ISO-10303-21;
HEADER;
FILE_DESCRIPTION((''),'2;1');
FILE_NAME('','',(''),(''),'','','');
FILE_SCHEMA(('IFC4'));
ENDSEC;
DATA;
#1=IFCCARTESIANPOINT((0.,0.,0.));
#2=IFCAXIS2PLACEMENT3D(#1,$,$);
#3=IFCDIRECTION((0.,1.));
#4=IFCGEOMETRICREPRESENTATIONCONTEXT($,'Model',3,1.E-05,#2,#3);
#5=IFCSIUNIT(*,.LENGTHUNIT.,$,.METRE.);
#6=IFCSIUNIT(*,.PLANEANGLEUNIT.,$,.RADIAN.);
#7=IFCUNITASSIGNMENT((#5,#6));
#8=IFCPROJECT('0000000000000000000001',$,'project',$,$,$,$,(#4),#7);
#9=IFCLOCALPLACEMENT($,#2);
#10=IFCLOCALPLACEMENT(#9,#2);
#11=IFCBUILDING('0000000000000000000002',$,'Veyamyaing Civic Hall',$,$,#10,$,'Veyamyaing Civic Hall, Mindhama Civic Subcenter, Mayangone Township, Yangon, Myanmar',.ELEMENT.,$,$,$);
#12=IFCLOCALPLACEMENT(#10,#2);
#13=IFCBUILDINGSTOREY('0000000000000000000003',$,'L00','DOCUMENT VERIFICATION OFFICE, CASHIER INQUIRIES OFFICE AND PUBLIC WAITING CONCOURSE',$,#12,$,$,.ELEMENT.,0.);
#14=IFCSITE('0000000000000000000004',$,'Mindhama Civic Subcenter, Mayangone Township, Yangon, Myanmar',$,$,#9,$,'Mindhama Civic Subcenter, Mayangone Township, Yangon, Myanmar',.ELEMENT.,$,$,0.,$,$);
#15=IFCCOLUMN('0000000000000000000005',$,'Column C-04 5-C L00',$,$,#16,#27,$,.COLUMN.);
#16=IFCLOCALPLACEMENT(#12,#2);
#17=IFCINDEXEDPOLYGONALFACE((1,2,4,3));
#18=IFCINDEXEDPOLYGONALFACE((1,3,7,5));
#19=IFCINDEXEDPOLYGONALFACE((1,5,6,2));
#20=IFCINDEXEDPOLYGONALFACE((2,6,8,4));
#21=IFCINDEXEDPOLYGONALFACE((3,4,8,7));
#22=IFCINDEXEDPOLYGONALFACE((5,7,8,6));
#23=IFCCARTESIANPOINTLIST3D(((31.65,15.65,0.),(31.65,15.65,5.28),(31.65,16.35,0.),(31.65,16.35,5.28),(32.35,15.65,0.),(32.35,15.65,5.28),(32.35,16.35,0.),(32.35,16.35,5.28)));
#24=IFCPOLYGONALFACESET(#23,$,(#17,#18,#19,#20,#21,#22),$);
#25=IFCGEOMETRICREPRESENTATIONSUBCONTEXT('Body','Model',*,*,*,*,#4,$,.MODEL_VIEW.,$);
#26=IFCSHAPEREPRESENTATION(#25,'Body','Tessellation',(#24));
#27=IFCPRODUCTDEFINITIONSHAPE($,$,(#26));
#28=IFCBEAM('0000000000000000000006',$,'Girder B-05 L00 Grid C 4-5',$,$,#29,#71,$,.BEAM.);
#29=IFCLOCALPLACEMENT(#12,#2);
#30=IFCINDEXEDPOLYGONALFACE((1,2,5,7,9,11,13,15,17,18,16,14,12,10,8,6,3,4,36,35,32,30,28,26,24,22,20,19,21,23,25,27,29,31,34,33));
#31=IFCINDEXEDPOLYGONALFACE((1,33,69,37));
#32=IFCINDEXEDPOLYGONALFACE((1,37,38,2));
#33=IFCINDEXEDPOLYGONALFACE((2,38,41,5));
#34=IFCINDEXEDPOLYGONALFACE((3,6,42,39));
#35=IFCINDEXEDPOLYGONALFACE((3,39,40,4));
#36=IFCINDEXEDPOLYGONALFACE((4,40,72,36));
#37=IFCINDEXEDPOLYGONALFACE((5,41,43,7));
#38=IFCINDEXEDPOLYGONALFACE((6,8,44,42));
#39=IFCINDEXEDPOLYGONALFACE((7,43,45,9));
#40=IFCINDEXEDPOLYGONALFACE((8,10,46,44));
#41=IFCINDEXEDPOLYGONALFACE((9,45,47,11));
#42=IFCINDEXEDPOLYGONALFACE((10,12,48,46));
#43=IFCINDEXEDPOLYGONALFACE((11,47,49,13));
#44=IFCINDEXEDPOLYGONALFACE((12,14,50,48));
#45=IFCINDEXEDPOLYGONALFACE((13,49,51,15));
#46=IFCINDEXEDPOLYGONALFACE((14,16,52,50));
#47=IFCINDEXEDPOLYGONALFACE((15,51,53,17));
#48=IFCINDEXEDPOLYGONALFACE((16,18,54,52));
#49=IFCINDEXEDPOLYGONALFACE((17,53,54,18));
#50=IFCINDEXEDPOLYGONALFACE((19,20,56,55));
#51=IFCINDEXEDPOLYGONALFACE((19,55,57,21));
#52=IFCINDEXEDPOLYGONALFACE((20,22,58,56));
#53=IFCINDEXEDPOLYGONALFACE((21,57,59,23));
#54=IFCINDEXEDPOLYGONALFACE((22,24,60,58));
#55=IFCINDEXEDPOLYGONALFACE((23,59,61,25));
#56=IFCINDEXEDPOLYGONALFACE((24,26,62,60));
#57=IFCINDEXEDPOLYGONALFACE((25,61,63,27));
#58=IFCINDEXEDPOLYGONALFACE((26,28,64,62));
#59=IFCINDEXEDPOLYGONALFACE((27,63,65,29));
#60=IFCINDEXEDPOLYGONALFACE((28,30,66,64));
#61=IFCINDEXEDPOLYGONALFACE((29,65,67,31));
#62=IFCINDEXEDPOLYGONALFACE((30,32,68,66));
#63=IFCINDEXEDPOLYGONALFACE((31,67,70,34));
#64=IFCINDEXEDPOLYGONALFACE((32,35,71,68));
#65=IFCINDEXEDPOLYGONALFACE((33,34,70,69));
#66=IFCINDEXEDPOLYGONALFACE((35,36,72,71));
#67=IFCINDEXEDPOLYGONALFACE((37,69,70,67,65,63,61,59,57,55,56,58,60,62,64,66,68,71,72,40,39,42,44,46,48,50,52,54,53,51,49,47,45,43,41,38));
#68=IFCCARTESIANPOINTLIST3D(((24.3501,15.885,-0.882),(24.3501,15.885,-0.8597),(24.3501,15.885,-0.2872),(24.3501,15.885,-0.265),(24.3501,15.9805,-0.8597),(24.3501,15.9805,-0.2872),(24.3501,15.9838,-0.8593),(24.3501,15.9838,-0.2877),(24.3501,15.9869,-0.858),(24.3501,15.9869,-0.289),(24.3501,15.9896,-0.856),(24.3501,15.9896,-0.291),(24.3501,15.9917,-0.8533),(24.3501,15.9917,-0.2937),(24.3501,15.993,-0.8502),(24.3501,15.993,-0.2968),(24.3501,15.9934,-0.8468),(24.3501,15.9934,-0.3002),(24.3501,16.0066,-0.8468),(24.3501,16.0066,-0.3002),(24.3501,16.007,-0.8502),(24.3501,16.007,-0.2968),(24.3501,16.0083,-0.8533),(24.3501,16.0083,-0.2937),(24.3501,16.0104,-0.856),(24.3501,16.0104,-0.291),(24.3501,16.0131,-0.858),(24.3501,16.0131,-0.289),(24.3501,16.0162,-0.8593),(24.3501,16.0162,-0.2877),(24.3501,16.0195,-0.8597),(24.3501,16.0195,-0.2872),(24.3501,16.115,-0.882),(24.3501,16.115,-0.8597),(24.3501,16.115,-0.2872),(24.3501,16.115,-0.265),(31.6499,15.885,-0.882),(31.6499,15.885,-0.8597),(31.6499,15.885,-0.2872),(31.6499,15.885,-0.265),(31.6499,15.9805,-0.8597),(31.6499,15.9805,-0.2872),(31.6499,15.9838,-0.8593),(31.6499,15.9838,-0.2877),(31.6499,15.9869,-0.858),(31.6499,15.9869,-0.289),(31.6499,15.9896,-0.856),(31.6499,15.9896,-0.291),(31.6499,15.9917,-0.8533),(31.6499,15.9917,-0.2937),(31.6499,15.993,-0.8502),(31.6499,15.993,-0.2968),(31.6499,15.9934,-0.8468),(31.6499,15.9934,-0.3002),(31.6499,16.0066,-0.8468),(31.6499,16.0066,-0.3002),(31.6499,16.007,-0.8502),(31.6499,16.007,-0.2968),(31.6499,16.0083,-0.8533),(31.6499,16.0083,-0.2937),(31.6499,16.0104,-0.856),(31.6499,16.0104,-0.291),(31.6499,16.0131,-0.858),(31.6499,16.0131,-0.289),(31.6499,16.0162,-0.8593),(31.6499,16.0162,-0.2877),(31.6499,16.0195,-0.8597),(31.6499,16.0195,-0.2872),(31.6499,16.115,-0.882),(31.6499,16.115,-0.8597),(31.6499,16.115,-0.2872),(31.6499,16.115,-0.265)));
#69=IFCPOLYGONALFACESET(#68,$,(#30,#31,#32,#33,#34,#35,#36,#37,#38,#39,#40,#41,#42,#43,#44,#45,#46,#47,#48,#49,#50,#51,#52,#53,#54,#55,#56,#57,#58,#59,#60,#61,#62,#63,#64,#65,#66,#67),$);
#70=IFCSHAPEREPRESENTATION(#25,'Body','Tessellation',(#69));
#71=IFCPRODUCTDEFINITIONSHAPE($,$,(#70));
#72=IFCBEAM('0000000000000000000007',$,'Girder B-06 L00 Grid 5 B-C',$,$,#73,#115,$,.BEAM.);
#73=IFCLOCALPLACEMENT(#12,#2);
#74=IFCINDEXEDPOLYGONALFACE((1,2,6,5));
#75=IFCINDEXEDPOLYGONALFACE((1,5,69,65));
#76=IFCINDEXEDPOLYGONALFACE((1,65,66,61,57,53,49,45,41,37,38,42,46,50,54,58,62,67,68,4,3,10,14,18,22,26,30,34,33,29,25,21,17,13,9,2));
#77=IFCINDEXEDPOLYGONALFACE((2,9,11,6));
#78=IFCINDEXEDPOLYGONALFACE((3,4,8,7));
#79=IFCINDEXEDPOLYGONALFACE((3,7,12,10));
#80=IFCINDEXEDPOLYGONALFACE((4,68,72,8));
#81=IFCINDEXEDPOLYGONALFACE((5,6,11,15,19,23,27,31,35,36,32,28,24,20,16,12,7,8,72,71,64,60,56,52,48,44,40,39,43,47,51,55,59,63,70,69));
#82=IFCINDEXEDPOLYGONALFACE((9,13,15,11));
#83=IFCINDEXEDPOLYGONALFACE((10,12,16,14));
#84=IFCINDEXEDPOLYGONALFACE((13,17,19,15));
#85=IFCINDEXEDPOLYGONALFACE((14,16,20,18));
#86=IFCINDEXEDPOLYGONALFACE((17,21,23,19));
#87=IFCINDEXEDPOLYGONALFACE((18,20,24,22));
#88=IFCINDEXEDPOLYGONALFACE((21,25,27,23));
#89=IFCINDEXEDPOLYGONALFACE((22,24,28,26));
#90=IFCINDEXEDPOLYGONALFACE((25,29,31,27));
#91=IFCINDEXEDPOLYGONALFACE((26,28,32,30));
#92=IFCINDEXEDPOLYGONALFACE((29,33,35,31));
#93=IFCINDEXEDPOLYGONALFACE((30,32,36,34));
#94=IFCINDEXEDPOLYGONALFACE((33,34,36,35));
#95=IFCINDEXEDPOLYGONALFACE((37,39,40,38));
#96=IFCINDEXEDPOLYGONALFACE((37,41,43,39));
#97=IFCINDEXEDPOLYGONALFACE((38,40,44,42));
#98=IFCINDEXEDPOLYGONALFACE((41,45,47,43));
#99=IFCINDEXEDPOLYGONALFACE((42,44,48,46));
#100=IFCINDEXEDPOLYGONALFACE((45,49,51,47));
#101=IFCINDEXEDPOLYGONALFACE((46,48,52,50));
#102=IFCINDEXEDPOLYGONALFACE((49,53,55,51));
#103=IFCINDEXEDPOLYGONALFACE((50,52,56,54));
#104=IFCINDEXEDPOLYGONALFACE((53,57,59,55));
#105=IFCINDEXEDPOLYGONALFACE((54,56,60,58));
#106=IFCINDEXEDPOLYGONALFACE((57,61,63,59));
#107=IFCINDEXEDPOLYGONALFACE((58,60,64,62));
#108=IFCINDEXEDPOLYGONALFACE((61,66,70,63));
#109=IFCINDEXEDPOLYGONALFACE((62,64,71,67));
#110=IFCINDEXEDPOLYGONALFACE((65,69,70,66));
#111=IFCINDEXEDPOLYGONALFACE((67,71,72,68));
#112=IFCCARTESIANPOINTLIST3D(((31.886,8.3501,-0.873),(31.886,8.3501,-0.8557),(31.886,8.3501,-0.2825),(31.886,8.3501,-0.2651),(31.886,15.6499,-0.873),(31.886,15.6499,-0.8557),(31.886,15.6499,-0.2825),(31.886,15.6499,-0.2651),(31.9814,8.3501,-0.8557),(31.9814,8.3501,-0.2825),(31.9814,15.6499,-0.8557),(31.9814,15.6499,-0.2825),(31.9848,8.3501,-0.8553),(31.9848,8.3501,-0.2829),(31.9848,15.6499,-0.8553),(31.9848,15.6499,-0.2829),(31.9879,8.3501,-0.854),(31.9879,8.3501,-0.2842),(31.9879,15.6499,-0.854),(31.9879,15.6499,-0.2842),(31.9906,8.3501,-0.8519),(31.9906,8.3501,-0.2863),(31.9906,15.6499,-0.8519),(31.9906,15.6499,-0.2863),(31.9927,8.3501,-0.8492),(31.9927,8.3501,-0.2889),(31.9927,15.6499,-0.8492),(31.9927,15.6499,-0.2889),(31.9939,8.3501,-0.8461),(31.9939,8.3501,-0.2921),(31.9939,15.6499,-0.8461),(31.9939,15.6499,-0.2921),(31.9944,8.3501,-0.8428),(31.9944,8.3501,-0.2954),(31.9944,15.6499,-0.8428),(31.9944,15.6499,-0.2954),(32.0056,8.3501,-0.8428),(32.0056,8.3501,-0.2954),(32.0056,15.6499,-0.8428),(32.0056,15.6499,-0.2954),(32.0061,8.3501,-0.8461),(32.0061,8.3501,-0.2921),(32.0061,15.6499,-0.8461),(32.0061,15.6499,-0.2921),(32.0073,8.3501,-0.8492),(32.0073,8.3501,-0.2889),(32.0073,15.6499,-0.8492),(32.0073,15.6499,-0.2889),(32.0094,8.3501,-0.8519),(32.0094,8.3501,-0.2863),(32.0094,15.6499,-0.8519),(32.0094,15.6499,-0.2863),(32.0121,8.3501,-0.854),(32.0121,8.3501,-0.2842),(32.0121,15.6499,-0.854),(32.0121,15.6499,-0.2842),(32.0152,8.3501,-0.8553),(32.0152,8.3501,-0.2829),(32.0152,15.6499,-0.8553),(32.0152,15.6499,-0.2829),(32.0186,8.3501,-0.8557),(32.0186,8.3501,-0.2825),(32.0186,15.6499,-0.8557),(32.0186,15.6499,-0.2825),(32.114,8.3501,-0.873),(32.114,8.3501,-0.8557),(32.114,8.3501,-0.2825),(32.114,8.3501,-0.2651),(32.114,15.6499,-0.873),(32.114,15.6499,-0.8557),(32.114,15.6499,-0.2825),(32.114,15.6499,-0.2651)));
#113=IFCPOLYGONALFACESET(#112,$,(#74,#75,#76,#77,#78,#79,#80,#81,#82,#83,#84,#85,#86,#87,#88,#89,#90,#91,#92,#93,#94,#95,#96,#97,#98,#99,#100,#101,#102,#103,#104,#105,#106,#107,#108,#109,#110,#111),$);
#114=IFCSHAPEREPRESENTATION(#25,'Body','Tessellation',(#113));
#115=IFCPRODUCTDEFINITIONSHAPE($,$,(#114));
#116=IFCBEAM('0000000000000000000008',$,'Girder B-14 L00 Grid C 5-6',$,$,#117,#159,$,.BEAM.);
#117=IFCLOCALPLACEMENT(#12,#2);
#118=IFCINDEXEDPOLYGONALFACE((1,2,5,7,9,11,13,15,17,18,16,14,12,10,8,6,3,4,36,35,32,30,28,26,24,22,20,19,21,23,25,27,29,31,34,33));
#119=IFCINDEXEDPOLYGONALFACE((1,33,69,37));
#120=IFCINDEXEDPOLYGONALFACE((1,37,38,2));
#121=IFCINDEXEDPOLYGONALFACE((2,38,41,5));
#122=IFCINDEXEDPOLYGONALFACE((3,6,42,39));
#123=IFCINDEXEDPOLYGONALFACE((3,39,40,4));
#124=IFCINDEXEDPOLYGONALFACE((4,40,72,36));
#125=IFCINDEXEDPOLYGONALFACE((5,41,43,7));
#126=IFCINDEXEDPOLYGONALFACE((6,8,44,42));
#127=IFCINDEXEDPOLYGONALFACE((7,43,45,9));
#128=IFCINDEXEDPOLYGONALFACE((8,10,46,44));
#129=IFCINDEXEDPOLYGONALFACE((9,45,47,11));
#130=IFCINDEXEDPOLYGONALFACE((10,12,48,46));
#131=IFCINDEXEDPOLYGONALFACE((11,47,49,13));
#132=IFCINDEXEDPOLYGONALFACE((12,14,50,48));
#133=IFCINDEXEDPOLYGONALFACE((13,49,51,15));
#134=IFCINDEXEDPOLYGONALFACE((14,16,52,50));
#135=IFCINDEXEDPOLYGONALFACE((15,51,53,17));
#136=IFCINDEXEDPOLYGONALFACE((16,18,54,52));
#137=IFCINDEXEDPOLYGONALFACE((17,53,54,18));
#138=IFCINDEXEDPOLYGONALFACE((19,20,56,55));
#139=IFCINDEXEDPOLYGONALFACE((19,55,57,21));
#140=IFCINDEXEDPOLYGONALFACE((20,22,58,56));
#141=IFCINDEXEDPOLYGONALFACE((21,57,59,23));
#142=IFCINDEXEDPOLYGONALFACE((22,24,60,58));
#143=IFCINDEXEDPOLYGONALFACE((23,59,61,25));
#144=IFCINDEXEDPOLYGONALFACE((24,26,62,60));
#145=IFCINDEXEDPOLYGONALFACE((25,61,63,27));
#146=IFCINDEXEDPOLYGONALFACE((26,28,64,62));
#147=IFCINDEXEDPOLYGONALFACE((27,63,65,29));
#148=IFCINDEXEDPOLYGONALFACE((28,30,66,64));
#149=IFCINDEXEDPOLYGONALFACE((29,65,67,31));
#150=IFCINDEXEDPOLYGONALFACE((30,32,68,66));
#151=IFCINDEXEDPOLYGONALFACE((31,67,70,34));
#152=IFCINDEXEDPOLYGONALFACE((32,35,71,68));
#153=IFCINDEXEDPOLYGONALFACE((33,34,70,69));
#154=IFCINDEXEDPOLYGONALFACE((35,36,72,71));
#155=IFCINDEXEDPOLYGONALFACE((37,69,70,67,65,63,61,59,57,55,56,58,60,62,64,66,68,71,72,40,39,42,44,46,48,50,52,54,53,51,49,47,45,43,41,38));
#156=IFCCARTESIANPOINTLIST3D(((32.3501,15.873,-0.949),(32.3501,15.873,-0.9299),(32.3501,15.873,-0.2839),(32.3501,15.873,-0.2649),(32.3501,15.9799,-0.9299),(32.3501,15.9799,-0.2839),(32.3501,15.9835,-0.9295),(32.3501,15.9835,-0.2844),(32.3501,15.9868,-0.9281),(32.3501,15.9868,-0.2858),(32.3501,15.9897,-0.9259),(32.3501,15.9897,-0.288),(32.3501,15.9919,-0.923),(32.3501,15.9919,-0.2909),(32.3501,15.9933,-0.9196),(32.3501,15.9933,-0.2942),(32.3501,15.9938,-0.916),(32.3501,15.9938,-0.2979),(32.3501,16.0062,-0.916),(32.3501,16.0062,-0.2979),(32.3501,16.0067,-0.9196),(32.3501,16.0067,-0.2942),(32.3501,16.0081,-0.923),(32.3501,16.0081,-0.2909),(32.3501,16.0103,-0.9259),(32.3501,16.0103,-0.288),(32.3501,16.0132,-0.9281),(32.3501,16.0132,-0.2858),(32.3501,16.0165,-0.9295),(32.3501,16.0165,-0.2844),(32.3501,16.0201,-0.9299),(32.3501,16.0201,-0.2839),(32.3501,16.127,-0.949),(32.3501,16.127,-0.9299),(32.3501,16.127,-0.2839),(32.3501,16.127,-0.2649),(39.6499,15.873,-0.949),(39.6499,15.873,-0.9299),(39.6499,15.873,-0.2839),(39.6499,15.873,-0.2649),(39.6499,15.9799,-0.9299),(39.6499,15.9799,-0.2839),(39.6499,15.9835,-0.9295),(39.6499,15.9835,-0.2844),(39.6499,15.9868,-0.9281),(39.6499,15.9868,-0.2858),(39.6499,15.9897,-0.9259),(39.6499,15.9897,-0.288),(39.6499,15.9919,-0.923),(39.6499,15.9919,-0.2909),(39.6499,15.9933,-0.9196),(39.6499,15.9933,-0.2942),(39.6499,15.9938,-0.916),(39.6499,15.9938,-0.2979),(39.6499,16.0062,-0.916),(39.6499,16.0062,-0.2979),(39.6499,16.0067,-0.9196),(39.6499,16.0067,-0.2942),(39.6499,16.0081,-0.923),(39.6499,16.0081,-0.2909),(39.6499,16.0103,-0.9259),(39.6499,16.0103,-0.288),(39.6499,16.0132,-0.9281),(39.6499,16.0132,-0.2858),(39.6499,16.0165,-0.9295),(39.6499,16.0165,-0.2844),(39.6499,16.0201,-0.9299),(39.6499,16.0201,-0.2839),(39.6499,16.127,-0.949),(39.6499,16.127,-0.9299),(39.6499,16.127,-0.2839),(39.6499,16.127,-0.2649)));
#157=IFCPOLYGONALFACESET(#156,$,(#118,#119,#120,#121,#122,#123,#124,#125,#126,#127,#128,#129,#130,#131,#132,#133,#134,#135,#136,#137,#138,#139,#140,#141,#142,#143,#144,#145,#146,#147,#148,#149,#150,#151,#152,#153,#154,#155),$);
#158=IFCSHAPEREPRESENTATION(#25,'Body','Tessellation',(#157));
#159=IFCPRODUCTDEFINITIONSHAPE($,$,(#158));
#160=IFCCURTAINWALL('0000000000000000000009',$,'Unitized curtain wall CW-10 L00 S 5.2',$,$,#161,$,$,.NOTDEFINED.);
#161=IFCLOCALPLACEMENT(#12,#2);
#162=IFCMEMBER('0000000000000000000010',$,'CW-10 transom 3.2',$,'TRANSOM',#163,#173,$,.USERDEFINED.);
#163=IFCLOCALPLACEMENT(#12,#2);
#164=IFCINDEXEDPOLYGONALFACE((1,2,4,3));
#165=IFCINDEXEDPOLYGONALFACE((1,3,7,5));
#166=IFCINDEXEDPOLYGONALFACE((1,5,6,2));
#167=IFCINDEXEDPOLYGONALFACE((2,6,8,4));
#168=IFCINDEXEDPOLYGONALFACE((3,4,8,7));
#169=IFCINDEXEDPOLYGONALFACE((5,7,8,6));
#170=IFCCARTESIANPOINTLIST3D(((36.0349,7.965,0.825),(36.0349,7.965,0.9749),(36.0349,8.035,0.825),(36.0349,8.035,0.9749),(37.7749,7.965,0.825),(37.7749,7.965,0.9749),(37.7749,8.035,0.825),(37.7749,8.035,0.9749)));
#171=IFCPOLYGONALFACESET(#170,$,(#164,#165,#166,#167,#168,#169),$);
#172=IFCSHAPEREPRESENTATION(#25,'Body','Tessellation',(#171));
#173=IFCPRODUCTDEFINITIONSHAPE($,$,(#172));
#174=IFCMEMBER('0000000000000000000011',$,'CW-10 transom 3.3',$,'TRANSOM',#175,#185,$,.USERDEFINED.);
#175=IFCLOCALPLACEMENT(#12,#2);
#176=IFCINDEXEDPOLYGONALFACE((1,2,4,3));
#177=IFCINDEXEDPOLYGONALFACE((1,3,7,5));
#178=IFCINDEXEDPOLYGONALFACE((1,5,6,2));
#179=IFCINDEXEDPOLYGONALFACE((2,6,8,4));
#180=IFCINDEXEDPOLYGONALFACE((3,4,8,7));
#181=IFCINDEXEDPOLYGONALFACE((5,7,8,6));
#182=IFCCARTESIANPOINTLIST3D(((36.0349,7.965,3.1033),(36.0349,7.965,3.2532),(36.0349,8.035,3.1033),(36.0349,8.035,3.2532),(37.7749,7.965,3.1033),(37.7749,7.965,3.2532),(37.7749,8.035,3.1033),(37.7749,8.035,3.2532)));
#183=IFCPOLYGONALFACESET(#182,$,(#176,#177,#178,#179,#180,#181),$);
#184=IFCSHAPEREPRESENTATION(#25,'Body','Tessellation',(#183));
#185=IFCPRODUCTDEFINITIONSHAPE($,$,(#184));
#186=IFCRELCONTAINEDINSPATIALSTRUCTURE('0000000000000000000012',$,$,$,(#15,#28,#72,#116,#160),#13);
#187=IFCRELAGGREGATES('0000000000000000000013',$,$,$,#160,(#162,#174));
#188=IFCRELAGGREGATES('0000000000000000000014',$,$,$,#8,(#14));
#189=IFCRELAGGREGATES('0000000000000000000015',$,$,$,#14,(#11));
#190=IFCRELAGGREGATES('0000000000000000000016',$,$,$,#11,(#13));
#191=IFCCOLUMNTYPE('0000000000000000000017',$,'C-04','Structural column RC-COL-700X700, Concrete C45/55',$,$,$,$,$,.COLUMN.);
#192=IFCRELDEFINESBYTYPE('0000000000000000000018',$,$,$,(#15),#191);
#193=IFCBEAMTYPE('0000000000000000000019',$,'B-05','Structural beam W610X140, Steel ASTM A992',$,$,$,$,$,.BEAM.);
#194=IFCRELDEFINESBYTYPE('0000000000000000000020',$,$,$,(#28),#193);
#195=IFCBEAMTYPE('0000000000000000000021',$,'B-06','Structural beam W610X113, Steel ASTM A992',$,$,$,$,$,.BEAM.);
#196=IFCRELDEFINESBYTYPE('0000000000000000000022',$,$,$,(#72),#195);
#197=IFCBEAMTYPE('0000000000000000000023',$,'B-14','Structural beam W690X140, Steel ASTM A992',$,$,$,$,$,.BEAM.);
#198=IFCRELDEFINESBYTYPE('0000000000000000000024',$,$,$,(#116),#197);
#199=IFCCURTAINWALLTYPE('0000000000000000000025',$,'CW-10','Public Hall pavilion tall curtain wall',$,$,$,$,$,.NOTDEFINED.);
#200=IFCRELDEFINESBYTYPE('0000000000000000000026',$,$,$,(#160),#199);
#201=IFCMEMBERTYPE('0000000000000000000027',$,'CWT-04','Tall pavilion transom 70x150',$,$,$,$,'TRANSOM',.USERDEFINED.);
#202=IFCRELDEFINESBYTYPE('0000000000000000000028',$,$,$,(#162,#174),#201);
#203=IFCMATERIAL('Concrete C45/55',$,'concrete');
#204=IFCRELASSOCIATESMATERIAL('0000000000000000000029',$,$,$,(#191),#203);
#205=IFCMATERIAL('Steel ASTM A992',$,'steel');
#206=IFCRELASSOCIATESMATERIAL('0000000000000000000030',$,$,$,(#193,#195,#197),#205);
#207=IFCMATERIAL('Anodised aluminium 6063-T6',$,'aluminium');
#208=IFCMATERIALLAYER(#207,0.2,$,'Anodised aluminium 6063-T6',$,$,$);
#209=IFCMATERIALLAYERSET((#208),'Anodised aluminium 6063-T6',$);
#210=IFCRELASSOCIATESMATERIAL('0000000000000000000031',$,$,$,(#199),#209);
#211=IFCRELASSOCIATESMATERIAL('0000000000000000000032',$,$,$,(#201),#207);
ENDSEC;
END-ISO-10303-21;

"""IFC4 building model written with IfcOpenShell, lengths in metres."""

from ifc_helpers import new_model, si_unit, direction, frame, origin, origin_2d, place, context, subcontext, project, spatial, rectangle, i_section, extrude, material, layer, layer_set, material_profile, profile_set, type_object, element, aggregate, save


model = new_model("IFC4")

# Units and contexts
model_context = context("Model", 3, precision=1e-05, world=origin(), true_north=direction((0.0, 1.0)))
body_context = subcontext(model_context, "Body", "Model", "MODEL_VIEW")
ifc_project = project(units=[si_unit("LENGTHUNIT", "METRE"), si_unit("PLANEANGLEUNIT", "RADIAN")], contexts=[model_context])

# Site, building, storey
site_placement = place(None, origin())
site = spatial("IfcSite", under=ifc_project, at=site_placement, Name="Mindhama Civic Subcenter, Mayangone Township, Yangon, Myanmar", LongName="Mindhama Civic Subcenter, Mayangone Township, Yangon, Myanmar", CompositionType="ELEMENT", RefElevation=0.0)
building_placement = place(site_placement, origin())
building = spatial("IfcBuilding", under=site, at=building_placement, Name="Veyamyaing Civic Hall", LongName="Veyamyaing Civic Hall, Mindhama Civic Subcenter, Mayangone Township, Yangon, Myanmar", CompositionType="ELEMENT")
storey_placement = place(building_placement, origin())
storey = spatial("IfcBuildingStorey", under=building, at=storey_placement, Name="L00", Description="DOCUMENT VERIFICATION OFFICE, CASHIER INQUIRIES OFFICE AND PUBLIC WAITING CONCOURSE", CompositionType="ELEMENT", Elevation=0.0)

# Column
ifc_material_1 = material(Name="Concrete C45/55", Category="concrete")
ifc_material_profile_1 = material_profile(ifc_material_1, rectangle(XDim=0.7, YDim=0.7, at=origin_2d()), Name="RC-COL-700X700")
ifc_profile_set_1 = profile_set([ifc_material_profile_1], Name="Concrete C45/55")
column_type = type_object("IfcColumnType", Name="C-04", Description="Structural column RC-COL-700X700, Concrete C45/55", PredefinedType="COLUMN", material=ifc_profile_set_1)
column_placement = place(storey_placement, frame((32.0, 16.0, 0.0), z_axis=(0.0, 0.0, 1.0), x_axis=(1.0, 0.0, 0.0)))
element("IfcColumn", 1, at=column_placement, inside=storey, type_object=column_type, Name="Column C-04 5-C L00", PredefinedType="COLUMN", context=body_context, shape_type="SweptSolid", body=[
    extrude(rectangle(XDim=0.7, YDim=0.7, at=origin_2d()), origin(), (0.0, 0.0, 1.0), 5.28),
])

# Beams
ifc_material_2 = material(Name="Steel ASTM A992", Category="steel")
ifc_material_profile_2 = material_profile(ifc_material_2, i_section(OverallWidth=0.23, OverallDepth=0.6169, WebThickness=0.0132, FlangeThickness=0.0222, FilletRadius=0.0129, at=origin_2d()), Name="W610X140")
ifc_profile_set_2 = profile_set([ifc_material_profile_2], Name="Steel ASTM A992")
beam_type_1 = type_object("IfcBeamType", Name="B-05", Description="Structural beam W610X140, Steel ASTM A992", PredefinedType="BEAM", material=ifc_profile_set_2)
beam_1_placement = place(storey_placement, frame((24.3501, 16.0, -0.5735), z_axis=(1.0, 0.0, 0.0), x_axis=(0.0, 1.0, 0.0)))
element("IfcBeam", 2, at=beam_1_placement, inside=storey, type_object=beam_type_1, Name="Girder B-05 L00 Grid C 4-5", PredefinedType="BEAM", context=body_context, shape_type="SweptSolid", body=[
    extrude(i_section(OverallWidth=0.23, OverallDepth=0.6169, WebThickness=0.0132, FlangeThickness=0.0222, FilletRadius=0.0129, at=origin_2d()), origin(), (0.0, 0.0, 1.0), 7.2998),
])
ifc_material_profile_3 = material_profile(ifc_material_2, i_section(OverallWidth=0.228, OverallDepth=0.6079, WebThickness=0.0112, FlangeThickness=0.0173, FilletRadius=0.0129, at=origin_2d()), Name="W610X113")
ifc_profile_set_3 = profile_set([ifc_material_profile_3], Name="Steel ASTM A992")
beam_type_2 = type_object("IfcBeamType", Name="B-06", Description="Structural beam W610X113, Steel ASTM A992", PredefinedType="BEAM", material=ifc_profile_set_3)
beam_2_placement = place(storey_placement, frame((32.0, 8.3501, -0.5691), z_axis=(0.0, 1.0, 0.0), x_axis=(-1.0, 0.0, 0.0)))
element("IfcBeam", 3, at=beam_2_placement, inside=storey, type_object=beam_type_2, Name="Girder B-06 L00 Grid 5 B-C", PredefinedType="BEAM", context=body_context, shape_type="SweptSolid", body=[
    extrude(i_section(OverallWidth=0.228, OverallDepth=0.6079, WebThickness=0.0112, FlangeThickness=0.0173, FilletRadius=0.0129, at=origin_2d()), origin(), (0.0, 0.0, 1.0), 7.2998),
])
ifc_material_profile_4 = material_profile(ifc_material_2, i_section(OverallWidth=0.2539, OverallDepth=0.6841, WebThickness=0.0125, FlangeThickness=0.019, FilletRadius=0.0139, at=origin_2d()), Name="W690X140")
ifc_profile_set_4 = profile_set([ifc_material_profile_4], Name="Steel ASTM A992")
beam_type_3 = type_object("IfcBeamType", Name="B-14", Description="Structural beam W690X140, Steel ASTM A992", PredefinedType="BEAM", material=ifc_profile_set_4)
beam_3_placement = place(storey_placement, frame((32.3501, 16.0, -0.6069), z_axis=(1.0, 0.0, 0.0), x_axis=(0.0, 1.0, 0.0)))
element("IfcBeam", 4, at=beam_3_placement, inside=storey, type_object=beam_type_3, Name="Girder B-14 L00 Grid C 5-6", PredefinedType="BEAM", context=body_context, shape_type="SweptSolid", body=[
    extrude(i_section(OverallWidth=0.2539, OverallDepth=0.6841, WebThickness=0.0125, FlangeThickness=0.019, FilletRadius=0.0139, at=origin_2d()), origin(), (0.0, 0.0, 1.0), 7.2998),
])

# Curtain wall, members
ifc_material_3 = material(Name="Anodised aluminium 6063-T6", Category="aluminium")
ifc_layer_1 = layer(ifc_material_3, 0.2, Name="Anodised aluminium 6063-T6")
ifc_layer_set_1 = layer_set([ifc_layer_1], Name="Anodised aluminium 6063-T6")
curtain_wall_type = type_object("IfcCurtainWallType", Name="CW-10", Description="Public Hall pavilion tall curtain wall", PredefinedType="NOTDEFINED", material=ifc_layer_set_1)
curtain_wall_placement = place(storey_placement, origin())
curtain_wall = element("IfcCurtainWall", 5, at=curtain_wall_placement, inside=storey, type_object=curtain_wall_type, Name="Unitized curtain wall CW-10 L00 S 5.2", PredefinedType="NOTDEFINED")
ifc_material_profile_5 = material_profile(ifc_material_3, rectangle(XDim=0.0701, YDim=0.1499, at=origin_2d()), Name="ALU-TRN-70X150")
ifc_profile_set_5 = profile_set([ifc_material_profile_5], Name="Anodised aluminium 6063-T6")
member_type = type_object("IfcMemberType", Name="CWT-04", Description="Tall pavilion transom 70x150", ElementType="TRANSOM", PredefinedType="USERDEFINED", material=ifc_profile_set_5)
member_1_placement = place(storey_placement, frame((36.0349, 8.0, 0.8999), z_axis=(1.0, 0.0, 0.0), x_axis=(0.0, 1.0, 0.0)))
member_1 = element("IfcMember", 6, at=member_1_placement, type_object=member_type, Name="CW-10 transom 3.2", ObjectType="TRANSOM", PredefinedType="USERDEFINED", context=body_context, shape_type="SweptSolid", body=[
    extrude(rectangle(XDim=0.0701, YDim=0.1499, at=origin_2d()), origin(), (0.0, 0.0, 1.0), 1.74),
])
member_2_placement = place(storey_placement, frame((36.0349, 8.0, 3.1782), z_axis=(1.0, 0.0, 0.0), x_axis=(0.0, 1.0, 0.0)))
member_2 = element("IfcMember", 7, at=member_2_placement, type_object=member_type, Name="CW-10 transom 3.3", ObjectType="TRANSOM", PredefinedType="USERDEFINED", context=body_context, shape_type="SweptSolid", body=[
    extrude(rectangle(XDim=0.0701, YDim=0.1499, at=origin_2d()), origin(), (0.0, 0.0, 1.0), 1.74),
])
aggregate(curtain_wall, [member_1, member_2])

save(model, "model.ifc")
